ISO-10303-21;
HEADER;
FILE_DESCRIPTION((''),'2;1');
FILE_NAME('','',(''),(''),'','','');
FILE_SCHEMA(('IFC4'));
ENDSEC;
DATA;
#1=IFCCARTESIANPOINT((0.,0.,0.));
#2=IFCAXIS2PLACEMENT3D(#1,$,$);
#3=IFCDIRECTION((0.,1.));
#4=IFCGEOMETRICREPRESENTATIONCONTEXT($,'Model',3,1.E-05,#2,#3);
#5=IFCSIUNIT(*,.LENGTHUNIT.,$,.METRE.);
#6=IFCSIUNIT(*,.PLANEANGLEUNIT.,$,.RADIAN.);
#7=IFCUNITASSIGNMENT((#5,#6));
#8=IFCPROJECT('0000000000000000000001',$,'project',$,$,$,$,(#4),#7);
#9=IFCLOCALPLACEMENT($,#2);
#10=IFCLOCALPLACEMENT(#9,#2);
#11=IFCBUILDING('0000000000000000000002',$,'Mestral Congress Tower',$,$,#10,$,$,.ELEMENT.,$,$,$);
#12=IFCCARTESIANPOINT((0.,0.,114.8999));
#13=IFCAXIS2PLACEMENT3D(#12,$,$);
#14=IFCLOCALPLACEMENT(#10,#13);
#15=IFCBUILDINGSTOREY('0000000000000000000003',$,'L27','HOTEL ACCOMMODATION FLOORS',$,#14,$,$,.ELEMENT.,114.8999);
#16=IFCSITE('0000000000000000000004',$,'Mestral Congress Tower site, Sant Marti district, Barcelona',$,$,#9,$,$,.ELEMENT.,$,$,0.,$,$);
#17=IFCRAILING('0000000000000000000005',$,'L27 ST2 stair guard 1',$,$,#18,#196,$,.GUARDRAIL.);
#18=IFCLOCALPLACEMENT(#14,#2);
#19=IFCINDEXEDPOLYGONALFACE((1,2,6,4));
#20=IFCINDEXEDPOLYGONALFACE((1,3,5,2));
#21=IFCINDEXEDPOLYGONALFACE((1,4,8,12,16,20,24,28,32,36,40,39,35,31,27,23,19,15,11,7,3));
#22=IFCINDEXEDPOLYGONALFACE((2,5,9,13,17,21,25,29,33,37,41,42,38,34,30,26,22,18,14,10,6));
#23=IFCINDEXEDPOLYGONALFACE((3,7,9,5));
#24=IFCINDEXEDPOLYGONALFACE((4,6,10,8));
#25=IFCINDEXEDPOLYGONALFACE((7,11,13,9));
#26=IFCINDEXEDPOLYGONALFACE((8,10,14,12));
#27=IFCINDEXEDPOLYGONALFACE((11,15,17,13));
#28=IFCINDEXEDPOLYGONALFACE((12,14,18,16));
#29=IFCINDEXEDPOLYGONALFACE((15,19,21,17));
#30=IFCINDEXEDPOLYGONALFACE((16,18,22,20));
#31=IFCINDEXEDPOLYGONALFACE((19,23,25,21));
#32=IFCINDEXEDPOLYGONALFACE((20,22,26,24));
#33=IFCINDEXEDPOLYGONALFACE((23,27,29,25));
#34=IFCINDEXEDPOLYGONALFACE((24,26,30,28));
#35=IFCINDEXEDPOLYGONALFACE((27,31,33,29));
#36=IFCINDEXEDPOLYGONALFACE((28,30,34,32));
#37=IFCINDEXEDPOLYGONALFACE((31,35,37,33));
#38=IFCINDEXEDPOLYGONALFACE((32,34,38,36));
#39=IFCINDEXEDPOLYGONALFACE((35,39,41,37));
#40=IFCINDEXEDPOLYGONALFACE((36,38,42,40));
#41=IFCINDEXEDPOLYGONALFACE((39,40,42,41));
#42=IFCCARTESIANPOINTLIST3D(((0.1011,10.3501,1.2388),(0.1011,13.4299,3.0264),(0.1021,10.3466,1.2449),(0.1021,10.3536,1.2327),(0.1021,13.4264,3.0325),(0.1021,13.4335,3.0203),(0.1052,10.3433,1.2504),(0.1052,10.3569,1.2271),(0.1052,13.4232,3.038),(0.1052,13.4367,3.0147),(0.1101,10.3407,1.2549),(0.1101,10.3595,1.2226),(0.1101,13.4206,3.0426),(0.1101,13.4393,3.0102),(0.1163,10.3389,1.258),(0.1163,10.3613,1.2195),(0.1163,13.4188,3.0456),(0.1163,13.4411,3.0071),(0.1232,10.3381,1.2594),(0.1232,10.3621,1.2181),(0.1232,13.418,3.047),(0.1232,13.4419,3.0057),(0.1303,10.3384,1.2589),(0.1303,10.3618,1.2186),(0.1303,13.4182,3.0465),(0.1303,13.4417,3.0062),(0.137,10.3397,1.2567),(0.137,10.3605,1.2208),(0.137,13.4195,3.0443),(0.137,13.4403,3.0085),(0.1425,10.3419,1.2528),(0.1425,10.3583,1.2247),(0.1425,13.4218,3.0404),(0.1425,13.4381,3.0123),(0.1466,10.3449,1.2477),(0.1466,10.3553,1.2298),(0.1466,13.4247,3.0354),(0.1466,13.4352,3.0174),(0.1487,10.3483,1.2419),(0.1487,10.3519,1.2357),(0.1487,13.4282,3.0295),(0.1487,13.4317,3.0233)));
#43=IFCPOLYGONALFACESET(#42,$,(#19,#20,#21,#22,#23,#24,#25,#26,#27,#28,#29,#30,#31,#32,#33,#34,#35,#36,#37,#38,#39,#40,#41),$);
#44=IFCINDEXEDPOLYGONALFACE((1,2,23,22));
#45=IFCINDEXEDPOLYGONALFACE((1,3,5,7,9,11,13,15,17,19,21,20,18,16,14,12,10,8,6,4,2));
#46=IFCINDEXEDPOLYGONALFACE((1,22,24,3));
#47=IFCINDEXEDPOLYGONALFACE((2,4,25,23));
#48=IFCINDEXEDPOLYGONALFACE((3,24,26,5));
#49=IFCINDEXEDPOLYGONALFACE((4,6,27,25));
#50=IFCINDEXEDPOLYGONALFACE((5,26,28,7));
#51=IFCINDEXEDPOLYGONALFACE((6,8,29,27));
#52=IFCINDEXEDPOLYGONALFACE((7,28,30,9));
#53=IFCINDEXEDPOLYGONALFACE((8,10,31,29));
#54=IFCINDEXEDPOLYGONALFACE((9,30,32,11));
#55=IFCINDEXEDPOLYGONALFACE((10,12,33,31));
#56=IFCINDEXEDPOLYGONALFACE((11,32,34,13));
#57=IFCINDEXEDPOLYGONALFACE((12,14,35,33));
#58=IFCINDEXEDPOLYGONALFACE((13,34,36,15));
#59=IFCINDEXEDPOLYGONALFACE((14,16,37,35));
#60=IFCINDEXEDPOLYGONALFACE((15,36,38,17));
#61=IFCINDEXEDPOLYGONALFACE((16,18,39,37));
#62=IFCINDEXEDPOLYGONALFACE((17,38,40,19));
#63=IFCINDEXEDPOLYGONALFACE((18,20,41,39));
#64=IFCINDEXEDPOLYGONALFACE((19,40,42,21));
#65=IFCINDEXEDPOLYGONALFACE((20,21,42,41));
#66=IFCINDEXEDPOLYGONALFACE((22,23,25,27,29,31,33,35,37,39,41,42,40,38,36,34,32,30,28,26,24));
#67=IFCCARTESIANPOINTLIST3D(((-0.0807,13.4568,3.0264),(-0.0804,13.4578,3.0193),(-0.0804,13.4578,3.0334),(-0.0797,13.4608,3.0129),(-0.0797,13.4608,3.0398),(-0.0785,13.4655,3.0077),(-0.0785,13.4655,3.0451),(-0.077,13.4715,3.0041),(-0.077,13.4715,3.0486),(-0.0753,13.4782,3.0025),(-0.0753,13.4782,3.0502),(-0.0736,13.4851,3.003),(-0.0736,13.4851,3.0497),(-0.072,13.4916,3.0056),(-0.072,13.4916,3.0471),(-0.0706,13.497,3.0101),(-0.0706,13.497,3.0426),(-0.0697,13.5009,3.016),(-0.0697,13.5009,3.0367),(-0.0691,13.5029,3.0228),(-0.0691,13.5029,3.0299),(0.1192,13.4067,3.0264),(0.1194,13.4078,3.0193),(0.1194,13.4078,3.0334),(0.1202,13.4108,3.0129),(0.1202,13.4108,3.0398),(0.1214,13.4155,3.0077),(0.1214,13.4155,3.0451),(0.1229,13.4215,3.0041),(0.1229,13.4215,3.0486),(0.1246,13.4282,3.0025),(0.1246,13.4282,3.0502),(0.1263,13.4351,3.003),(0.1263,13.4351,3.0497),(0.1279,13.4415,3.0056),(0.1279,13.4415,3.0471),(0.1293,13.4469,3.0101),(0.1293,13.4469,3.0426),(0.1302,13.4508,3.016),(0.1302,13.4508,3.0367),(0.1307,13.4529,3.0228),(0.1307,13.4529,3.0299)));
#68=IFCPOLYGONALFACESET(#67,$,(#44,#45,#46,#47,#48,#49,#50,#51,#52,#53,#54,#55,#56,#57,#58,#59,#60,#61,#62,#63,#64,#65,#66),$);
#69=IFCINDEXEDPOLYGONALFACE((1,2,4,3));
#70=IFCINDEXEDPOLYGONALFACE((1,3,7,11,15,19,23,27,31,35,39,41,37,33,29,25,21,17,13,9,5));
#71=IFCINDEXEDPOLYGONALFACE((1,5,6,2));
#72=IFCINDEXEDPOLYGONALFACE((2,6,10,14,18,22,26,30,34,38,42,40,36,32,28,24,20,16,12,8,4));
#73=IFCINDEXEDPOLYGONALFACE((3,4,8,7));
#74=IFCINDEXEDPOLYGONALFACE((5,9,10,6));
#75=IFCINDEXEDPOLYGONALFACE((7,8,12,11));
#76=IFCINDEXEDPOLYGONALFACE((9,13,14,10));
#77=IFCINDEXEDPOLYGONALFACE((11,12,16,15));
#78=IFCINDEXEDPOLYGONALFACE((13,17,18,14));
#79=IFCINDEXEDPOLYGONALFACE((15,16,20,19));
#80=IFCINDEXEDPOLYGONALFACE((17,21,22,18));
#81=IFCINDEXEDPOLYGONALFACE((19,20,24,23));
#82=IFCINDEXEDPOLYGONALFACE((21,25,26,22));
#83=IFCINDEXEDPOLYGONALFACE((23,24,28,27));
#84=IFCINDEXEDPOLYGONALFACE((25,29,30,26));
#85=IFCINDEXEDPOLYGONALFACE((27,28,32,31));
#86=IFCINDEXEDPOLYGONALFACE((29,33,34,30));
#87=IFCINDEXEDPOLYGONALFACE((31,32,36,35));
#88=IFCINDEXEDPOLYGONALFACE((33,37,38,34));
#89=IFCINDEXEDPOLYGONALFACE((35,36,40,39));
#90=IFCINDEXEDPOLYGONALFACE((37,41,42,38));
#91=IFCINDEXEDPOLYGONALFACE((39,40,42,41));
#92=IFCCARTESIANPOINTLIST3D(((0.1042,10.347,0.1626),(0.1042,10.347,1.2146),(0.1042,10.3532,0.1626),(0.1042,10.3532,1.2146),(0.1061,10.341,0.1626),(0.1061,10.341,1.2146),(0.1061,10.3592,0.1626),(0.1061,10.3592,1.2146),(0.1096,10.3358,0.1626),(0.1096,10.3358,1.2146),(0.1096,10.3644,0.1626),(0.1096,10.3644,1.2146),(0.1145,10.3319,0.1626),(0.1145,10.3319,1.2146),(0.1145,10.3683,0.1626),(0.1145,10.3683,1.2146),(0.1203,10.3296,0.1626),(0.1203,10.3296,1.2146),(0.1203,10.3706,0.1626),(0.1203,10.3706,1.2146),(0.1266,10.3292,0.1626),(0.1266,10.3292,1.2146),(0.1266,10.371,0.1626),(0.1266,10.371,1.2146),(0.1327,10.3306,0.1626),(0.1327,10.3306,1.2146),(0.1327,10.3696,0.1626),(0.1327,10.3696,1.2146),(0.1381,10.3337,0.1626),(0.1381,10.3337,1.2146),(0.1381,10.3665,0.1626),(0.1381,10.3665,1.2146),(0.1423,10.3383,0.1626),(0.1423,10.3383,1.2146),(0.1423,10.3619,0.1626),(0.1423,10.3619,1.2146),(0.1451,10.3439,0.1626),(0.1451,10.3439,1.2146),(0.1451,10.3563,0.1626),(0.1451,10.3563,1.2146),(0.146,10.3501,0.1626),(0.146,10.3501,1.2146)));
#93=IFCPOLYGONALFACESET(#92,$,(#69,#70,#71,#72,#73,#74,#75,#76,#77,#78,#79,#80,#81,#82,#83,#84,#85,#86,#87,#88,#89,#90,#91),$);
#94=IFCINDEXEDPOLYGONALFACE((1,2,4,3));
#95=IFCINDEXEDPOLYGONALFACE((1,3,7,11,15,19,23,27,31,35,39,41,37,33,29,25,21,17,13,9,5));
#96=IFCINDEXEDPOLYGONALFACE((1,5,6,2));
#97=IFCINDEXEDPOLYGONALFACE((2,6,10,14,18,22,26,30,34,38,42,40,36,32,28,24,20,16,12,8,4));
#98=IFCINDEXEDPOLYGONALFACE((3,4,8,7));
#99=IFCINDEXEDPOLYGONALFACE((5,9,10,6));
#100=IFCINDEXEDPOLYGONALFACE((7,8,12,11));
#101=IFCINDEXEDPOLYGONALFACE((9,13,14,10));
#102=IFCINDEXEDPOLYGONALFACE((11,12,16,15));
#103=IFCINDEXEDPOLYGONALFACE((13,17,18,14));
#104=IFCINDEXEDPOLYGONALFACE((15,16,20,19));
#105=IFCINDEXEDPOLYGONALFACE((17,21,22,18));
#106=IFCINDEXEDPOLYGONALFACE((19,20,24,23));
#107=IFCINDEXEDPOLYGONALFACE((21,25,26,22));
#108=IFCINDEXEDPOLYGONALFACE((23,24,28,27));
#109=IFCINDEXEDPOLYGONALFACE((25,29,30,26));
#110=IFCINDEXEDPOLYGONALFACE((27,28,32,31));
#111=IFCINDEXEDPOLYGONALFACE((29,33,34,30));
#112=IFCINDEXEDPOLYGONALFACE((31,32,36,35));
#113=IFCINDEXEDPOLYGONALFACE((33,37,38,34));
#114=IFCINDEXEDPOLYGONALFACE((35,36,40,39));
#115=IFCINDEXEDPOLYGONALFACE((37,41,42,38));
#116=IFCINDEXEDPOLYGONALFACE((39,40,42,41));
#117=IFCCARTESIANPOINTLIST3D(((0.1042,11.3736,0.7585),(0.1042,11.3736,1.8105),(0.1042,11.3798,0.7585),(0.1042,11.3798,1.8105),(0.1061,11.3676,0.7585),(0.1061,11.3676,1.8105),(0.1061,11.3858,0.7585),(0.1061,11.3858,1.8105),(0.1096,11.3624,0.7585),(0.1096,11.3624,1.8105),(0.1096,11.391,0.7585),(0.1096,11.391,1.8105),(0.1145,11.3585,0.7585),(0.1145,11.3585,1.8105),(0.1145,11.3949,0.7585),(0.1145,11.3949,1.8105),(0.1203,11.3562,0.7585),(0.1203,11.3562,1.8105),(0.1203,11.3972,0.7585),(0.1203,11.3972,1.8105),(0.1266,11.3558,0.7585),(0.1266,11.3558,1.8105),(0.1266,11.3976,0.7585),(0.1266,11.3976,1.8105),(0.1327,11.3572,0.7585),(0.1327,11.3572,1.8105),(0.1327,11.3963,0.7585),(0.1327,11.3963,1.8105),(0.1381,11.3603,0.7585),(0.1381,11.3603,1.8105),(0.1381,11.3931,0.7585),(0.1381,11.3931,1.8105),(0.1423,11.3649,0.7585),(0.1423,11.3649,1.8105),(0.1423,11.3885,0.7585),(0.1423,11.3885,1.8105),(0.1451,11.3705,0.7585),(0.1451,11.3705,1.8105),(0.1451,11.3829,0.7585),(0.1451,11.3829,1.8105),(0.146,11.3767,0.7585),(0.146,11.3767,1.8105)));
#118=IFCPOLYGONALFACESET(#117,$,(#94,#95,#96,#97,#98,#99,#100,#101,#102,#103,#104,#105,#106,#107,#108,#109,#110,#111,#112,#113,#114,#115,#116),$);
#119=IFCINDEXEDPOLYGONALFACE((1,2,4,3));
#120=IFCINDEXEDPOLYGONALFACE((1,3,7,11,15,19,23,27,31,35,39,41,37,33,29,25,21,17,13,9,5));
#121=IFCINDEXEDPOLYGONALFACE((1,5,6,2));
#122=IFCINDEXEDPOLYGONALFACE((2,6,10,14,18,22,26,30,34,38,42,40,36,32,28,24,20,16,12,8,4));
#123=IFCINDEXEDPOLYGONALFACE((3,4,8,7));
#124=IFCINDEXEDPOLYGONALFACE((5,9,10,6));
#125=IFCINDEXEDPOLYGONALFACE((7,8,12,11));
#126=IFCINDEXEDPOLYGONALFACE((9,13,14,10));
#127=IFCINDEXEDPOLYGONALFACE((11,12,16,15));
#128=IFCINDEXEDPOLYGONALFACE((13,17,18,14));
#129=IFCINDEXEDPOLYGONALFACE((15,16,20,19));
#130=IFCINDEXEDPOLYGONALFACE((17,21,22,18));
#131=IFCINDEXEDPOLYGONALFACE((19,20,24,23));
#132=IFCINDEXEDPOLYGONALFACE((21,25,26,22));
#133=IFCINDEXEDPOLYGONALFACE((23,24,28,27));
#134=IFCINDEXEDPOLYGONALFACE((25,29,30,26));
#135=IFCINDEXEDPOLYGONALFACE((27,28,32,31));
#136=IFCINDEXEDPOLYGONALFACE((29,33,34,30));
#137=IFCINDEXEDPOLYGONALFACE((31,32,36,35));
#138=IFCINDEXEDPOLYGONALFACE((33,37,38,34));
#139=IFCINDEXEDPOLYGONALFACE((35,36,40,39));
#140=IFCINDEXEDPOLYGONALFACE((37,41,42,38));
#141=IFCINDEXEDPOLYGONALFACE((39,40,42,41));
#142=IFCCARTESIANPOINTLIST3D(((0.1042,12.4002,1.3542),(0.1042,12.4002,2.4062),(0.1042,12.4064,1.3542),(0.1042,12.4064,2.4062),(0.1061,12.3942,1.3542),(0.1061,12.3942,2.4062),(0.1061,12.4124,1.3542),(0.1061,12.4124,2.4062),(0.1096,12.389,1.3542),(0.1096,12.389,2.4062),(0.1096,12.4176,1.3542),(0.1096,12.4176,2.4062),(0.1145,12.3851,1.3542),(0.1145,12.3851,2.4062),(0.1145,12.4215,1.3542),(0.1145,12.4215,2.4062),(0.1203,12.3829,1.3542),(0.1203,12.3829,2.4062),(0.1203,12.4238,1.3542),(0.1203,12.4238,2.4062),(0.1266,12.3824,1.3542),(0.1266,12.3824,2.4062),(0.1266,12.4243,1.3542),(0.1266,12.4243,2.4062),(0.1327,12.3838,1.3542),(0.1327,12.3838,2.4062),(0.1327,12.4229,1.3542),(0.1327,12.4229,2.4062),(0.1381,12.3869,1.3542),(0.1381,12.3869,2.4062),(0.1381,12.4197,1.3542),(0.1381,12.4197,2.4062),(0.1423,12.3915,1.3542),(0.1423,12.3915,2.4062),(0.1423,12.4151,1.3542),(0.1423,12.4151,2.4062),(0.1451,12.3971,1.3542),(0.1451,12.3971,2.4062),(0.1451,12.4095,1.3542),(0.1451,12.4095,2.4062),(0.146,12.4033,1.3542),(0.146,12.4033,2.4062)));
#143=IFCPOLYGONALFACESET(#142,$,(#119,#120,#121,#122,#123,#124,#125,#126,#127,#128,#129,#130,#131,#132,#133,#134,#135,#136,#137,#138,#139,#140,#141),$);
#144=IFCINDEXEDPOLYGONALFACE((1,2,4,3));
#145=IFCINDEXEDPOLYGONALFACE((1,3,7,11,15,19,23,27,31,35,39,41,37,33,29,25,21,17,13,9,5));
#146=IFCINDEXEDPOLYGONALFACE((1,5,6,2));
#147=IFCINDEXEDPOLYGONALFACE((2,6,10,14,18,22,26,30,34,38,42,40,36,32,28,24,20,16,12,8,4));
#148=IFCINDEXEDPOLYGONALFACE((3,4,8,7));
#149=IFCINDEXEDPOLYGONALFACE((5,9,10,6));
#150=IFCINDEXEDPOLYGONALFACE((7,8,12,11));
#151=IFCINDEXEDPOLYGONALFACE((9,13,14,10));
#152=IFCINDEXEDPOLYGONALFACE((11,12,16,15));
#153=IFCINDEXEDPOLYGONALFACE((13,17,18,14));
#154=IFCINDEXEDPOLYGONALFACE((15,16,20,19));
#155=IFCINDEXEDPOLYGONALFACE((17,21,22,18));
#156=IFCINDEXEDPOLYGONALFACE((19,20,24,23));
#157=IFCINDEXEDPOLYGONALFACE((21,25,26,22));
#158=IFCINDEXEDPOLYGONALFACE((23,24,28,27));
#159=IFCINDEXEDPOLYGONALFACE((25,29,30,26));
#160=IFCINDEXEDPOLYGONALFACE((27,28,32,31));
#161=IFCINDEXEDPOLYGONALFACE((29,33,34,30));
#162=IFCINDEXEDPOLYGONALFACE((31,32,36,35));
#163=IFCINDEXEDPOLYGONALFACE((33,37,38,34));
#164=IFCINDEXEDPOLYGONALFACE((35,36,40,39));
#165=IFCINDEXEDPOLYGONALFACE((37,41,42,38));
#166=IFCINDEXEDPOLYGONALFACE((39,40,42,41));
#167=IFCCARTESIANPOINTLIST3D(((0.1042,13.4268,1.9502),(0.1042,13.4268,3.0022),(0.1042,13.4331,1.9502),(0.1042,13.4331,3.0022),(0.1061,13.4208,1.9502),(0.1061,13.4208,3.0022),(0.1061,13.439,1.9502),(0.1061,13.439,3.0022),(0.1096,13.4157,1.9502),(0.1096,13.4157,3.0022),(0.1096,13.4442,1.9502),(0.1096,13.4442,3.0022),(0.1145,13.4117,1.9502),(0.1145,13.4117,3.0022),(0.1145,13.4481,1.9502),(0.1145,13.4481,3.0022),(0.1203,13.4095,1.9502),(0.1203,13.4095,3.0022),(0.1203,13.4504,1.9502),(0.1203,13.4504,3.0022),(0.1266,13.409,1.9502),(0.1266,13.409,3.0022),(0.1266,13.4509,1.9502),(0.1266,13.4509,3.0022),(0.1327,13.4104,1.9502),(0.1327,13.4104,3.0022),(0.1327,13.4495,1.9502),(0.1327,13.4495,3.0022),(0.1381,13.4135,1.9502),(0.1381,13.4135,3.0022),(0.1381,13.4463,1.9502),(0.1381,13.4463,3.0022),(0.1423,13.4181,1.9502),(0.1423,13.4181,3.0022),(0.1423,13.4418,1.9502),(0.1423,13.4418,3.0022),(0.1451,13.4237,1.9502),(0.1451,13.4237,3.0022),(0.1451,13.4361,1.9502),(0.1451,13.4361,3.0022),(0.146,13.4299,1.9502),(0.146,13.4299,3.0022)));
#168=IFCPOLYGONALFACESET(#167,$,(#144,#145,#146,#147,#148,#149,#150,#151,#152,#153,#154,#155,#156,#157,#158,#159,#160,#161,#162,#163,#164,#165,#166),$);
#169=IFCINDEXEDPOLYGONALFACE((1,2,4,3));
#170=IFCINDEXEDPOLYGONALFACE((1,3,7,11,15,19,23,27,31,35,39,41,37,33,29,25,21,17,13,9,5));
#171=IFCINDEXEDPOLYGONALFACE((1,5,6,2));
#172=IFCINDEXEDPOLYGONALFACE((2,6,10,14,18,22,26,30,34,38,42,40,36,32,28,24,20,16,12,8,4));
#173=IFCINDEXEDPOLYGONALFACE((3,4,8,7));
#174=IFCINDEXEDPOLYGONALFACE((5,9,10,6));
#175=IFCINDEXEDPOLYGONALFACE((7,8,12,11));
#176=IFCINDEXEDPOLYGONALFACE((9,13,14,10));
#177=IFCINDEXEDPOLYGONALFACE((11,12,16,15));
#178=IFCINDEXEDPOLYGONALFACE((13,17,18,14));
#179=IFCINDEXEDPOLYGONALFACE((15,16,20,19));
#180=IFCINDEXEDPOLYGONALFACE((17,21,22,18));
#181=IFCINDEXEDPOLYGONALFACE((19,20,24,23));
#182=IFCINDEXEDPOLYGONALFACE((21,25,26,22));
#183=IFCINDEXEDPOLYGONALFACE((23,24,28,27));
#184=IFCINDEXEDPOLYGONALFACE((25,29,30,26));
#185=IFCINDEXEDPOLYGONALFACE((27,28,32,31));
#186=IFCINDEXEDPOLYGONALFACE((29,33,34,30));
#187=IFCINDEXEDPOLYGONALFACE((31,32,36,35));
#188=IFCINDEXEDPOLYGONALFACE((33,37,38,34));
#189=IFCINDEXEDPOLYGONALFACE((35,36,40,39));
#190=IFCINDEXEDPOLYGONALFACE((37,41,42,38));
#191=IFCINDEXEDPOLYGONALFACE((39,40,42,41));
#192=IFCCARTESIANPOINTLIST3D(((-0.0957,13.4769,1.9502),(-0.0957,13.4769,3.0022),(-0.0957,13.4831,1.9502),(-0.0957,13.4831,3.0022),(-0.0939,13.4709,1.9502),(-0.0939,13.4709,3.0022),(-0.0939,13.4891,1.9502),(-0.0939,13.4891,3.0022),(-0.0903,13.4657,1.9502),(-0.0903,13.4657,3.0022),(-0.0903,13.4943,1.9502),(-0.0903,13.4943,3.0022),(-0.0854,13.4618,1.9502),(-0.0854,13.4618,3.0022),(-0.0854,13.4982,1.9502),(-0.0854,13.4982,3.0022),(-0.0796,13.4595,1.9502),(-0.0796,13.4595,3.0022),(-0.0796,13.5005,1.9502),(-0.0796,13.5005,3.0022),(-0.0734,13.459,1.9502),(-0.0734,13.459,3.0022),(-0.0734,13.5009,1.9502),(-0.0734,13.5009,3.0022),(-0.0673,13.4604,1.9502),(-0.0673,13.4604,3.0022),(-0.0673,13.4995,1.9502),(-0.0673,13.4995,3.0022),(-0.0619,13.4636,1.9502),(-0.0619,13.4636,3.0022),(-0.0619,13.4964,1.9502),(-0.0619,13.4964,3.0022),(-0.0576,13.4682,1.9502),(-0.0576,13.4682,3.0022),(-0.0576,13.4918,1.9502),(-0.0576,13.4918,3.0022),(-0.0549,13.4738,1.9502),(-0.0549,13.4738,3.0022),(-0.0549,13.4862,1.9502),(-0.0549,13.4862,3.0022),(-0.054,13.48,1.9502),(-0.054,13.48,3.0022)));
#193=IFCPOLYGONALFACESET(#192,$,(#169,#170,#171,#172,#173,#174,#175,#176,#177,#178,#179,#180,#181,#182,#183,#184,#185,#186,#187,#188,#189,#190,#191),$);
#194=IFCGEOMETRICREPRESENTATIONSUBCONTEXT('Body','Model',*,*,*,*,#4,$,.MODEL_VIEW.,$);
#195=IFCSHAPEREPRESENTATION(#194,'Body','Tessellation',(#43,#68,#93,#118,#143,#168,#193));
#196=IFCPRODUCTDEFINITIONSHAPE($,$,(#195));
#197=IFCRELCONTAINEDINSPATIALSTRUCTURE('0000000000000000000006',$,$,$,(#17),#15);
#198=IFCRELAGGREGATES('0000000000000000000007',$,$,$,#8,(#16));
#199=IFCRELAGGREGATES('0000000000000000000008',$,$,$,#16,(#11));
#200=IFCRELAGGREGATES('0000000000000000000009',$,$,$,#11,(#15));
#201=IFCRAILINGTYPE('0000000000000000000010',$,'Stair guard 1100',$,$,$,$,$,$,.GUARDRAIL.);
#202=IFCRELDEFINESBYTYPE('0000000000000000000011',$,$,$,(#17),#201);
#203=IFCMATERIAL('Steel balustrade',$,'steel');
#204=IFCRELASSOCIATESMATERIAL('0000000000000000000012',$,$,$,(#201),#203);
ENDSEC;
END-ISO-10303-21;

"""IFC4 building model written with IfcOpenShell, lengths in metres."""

from ifc_helpers import new_model, si_unit, direction, frame, origin, origin_2d, place, context, subcontext, project, spatial, circle, extrude, material, type_object, element, save


model = new_model("IFC4")

# Units and contexts
model_context = context("Model", 3, precision=1e-05, world=origin(), true_north=direction((0.0, 1.0)))
body_context = subcontext(model_context, "Body", "Model", "MODEL_VIEW")
ifc_project = project(units=[si_unit("LENGTHUNIT", "METRE"), si_unit("PLANEANGLEUNIT", "RADIAN")], contexts=[model_context])

# Site, building, storey
site_placement = place(None, origin())
site = spatial("IfcSite", under=ifc_project, at=site_placement, Name="Mestral Congress Tower site, Sant Marti district, Barcelona", CompositionType="ELEMENT", RefElevation=0.0)
building_placement = place(site_placement, origin())
building = spatial("IfcBuilding", under=site, at=building_placement, Name="Mestral Congress Tower", CompositionType="ELEMENT")
storey_placement = place(building_placement, frame((0.0, 0.0, 114.8999)))
storey = spatial("IfcBuildingStorey", under=building, at=storey_placement, Name="L27", Description="HOTEL ACCOMMODATION FLOORS", CompositionType="ELEMENT", Elevation=114.8999)

# Railing
ifc_material_1 = material(Name="Steel balustrade", Category="steel")
railing_type = type_object("IfcRailingType", Name="Stair guard 1100", PredefinedType="GUARDRAIL", material=ifc_material_1)
railing_1_placement = place(storey_placement, frame((0.125, 10.3501, 0.1626)))
element("IfcRailing", 1, at=railing_1_placement, inside=storey, type_object=railing_type, Name="L27 ST2 stair guard 1", PredefinedType="GUARDRAIL", context=body_context, shape_type="SweptSolid", body=[
    extrude(circle(Radius=0.0239, at=origin_2d()), frame((0.0, 0.0, 1.0762), z_axis=(0.0, 0.864873, 0.50199), x_axis=(-1.0, 0.0, 0.0)), (0.0, 0.0, 1.0), 3.561),
    extrude(circle(Radius=0.0239, at=origin_2d()), frame((0.0, 3.0798, 2.8638), z_axis=(-0.970073, 0.242814, 0.0), x_axis=(-0.242814, -0.970073, 0.0)), (0.0, 0.0, 1.0), 0.2061),
    extrude(circle(Radius=0.021, at=origin_2d()), origin(), (0.0, 0.0, 1.0), 1.052),
    extrude(circle(Radius=0.021, at=origin_2d()), frame((0.0, 1.0266, 0.5959)), (0.0, 0.0, 1.0), 1.052),
    extrude(circle(Radius=0.021, at=origin_2d()), frame((0.0, 2.0532, 1.1917)), (0.0, 0.0, 1.0), 1.052),
    extrude(circle(Radius=0.021, at=origin_2d()), frame((0.0, 3.0798, 1.7876)), (0.0, 0.0, 1.0), 1.052),
    extrude(circle(Radius=0.021, at=origin_2d()), frame((-0.2, 3.1299, 1.7876)), (0.0, 0.0, 1.0), 1.052),
])

save(model, "model.ifc")
